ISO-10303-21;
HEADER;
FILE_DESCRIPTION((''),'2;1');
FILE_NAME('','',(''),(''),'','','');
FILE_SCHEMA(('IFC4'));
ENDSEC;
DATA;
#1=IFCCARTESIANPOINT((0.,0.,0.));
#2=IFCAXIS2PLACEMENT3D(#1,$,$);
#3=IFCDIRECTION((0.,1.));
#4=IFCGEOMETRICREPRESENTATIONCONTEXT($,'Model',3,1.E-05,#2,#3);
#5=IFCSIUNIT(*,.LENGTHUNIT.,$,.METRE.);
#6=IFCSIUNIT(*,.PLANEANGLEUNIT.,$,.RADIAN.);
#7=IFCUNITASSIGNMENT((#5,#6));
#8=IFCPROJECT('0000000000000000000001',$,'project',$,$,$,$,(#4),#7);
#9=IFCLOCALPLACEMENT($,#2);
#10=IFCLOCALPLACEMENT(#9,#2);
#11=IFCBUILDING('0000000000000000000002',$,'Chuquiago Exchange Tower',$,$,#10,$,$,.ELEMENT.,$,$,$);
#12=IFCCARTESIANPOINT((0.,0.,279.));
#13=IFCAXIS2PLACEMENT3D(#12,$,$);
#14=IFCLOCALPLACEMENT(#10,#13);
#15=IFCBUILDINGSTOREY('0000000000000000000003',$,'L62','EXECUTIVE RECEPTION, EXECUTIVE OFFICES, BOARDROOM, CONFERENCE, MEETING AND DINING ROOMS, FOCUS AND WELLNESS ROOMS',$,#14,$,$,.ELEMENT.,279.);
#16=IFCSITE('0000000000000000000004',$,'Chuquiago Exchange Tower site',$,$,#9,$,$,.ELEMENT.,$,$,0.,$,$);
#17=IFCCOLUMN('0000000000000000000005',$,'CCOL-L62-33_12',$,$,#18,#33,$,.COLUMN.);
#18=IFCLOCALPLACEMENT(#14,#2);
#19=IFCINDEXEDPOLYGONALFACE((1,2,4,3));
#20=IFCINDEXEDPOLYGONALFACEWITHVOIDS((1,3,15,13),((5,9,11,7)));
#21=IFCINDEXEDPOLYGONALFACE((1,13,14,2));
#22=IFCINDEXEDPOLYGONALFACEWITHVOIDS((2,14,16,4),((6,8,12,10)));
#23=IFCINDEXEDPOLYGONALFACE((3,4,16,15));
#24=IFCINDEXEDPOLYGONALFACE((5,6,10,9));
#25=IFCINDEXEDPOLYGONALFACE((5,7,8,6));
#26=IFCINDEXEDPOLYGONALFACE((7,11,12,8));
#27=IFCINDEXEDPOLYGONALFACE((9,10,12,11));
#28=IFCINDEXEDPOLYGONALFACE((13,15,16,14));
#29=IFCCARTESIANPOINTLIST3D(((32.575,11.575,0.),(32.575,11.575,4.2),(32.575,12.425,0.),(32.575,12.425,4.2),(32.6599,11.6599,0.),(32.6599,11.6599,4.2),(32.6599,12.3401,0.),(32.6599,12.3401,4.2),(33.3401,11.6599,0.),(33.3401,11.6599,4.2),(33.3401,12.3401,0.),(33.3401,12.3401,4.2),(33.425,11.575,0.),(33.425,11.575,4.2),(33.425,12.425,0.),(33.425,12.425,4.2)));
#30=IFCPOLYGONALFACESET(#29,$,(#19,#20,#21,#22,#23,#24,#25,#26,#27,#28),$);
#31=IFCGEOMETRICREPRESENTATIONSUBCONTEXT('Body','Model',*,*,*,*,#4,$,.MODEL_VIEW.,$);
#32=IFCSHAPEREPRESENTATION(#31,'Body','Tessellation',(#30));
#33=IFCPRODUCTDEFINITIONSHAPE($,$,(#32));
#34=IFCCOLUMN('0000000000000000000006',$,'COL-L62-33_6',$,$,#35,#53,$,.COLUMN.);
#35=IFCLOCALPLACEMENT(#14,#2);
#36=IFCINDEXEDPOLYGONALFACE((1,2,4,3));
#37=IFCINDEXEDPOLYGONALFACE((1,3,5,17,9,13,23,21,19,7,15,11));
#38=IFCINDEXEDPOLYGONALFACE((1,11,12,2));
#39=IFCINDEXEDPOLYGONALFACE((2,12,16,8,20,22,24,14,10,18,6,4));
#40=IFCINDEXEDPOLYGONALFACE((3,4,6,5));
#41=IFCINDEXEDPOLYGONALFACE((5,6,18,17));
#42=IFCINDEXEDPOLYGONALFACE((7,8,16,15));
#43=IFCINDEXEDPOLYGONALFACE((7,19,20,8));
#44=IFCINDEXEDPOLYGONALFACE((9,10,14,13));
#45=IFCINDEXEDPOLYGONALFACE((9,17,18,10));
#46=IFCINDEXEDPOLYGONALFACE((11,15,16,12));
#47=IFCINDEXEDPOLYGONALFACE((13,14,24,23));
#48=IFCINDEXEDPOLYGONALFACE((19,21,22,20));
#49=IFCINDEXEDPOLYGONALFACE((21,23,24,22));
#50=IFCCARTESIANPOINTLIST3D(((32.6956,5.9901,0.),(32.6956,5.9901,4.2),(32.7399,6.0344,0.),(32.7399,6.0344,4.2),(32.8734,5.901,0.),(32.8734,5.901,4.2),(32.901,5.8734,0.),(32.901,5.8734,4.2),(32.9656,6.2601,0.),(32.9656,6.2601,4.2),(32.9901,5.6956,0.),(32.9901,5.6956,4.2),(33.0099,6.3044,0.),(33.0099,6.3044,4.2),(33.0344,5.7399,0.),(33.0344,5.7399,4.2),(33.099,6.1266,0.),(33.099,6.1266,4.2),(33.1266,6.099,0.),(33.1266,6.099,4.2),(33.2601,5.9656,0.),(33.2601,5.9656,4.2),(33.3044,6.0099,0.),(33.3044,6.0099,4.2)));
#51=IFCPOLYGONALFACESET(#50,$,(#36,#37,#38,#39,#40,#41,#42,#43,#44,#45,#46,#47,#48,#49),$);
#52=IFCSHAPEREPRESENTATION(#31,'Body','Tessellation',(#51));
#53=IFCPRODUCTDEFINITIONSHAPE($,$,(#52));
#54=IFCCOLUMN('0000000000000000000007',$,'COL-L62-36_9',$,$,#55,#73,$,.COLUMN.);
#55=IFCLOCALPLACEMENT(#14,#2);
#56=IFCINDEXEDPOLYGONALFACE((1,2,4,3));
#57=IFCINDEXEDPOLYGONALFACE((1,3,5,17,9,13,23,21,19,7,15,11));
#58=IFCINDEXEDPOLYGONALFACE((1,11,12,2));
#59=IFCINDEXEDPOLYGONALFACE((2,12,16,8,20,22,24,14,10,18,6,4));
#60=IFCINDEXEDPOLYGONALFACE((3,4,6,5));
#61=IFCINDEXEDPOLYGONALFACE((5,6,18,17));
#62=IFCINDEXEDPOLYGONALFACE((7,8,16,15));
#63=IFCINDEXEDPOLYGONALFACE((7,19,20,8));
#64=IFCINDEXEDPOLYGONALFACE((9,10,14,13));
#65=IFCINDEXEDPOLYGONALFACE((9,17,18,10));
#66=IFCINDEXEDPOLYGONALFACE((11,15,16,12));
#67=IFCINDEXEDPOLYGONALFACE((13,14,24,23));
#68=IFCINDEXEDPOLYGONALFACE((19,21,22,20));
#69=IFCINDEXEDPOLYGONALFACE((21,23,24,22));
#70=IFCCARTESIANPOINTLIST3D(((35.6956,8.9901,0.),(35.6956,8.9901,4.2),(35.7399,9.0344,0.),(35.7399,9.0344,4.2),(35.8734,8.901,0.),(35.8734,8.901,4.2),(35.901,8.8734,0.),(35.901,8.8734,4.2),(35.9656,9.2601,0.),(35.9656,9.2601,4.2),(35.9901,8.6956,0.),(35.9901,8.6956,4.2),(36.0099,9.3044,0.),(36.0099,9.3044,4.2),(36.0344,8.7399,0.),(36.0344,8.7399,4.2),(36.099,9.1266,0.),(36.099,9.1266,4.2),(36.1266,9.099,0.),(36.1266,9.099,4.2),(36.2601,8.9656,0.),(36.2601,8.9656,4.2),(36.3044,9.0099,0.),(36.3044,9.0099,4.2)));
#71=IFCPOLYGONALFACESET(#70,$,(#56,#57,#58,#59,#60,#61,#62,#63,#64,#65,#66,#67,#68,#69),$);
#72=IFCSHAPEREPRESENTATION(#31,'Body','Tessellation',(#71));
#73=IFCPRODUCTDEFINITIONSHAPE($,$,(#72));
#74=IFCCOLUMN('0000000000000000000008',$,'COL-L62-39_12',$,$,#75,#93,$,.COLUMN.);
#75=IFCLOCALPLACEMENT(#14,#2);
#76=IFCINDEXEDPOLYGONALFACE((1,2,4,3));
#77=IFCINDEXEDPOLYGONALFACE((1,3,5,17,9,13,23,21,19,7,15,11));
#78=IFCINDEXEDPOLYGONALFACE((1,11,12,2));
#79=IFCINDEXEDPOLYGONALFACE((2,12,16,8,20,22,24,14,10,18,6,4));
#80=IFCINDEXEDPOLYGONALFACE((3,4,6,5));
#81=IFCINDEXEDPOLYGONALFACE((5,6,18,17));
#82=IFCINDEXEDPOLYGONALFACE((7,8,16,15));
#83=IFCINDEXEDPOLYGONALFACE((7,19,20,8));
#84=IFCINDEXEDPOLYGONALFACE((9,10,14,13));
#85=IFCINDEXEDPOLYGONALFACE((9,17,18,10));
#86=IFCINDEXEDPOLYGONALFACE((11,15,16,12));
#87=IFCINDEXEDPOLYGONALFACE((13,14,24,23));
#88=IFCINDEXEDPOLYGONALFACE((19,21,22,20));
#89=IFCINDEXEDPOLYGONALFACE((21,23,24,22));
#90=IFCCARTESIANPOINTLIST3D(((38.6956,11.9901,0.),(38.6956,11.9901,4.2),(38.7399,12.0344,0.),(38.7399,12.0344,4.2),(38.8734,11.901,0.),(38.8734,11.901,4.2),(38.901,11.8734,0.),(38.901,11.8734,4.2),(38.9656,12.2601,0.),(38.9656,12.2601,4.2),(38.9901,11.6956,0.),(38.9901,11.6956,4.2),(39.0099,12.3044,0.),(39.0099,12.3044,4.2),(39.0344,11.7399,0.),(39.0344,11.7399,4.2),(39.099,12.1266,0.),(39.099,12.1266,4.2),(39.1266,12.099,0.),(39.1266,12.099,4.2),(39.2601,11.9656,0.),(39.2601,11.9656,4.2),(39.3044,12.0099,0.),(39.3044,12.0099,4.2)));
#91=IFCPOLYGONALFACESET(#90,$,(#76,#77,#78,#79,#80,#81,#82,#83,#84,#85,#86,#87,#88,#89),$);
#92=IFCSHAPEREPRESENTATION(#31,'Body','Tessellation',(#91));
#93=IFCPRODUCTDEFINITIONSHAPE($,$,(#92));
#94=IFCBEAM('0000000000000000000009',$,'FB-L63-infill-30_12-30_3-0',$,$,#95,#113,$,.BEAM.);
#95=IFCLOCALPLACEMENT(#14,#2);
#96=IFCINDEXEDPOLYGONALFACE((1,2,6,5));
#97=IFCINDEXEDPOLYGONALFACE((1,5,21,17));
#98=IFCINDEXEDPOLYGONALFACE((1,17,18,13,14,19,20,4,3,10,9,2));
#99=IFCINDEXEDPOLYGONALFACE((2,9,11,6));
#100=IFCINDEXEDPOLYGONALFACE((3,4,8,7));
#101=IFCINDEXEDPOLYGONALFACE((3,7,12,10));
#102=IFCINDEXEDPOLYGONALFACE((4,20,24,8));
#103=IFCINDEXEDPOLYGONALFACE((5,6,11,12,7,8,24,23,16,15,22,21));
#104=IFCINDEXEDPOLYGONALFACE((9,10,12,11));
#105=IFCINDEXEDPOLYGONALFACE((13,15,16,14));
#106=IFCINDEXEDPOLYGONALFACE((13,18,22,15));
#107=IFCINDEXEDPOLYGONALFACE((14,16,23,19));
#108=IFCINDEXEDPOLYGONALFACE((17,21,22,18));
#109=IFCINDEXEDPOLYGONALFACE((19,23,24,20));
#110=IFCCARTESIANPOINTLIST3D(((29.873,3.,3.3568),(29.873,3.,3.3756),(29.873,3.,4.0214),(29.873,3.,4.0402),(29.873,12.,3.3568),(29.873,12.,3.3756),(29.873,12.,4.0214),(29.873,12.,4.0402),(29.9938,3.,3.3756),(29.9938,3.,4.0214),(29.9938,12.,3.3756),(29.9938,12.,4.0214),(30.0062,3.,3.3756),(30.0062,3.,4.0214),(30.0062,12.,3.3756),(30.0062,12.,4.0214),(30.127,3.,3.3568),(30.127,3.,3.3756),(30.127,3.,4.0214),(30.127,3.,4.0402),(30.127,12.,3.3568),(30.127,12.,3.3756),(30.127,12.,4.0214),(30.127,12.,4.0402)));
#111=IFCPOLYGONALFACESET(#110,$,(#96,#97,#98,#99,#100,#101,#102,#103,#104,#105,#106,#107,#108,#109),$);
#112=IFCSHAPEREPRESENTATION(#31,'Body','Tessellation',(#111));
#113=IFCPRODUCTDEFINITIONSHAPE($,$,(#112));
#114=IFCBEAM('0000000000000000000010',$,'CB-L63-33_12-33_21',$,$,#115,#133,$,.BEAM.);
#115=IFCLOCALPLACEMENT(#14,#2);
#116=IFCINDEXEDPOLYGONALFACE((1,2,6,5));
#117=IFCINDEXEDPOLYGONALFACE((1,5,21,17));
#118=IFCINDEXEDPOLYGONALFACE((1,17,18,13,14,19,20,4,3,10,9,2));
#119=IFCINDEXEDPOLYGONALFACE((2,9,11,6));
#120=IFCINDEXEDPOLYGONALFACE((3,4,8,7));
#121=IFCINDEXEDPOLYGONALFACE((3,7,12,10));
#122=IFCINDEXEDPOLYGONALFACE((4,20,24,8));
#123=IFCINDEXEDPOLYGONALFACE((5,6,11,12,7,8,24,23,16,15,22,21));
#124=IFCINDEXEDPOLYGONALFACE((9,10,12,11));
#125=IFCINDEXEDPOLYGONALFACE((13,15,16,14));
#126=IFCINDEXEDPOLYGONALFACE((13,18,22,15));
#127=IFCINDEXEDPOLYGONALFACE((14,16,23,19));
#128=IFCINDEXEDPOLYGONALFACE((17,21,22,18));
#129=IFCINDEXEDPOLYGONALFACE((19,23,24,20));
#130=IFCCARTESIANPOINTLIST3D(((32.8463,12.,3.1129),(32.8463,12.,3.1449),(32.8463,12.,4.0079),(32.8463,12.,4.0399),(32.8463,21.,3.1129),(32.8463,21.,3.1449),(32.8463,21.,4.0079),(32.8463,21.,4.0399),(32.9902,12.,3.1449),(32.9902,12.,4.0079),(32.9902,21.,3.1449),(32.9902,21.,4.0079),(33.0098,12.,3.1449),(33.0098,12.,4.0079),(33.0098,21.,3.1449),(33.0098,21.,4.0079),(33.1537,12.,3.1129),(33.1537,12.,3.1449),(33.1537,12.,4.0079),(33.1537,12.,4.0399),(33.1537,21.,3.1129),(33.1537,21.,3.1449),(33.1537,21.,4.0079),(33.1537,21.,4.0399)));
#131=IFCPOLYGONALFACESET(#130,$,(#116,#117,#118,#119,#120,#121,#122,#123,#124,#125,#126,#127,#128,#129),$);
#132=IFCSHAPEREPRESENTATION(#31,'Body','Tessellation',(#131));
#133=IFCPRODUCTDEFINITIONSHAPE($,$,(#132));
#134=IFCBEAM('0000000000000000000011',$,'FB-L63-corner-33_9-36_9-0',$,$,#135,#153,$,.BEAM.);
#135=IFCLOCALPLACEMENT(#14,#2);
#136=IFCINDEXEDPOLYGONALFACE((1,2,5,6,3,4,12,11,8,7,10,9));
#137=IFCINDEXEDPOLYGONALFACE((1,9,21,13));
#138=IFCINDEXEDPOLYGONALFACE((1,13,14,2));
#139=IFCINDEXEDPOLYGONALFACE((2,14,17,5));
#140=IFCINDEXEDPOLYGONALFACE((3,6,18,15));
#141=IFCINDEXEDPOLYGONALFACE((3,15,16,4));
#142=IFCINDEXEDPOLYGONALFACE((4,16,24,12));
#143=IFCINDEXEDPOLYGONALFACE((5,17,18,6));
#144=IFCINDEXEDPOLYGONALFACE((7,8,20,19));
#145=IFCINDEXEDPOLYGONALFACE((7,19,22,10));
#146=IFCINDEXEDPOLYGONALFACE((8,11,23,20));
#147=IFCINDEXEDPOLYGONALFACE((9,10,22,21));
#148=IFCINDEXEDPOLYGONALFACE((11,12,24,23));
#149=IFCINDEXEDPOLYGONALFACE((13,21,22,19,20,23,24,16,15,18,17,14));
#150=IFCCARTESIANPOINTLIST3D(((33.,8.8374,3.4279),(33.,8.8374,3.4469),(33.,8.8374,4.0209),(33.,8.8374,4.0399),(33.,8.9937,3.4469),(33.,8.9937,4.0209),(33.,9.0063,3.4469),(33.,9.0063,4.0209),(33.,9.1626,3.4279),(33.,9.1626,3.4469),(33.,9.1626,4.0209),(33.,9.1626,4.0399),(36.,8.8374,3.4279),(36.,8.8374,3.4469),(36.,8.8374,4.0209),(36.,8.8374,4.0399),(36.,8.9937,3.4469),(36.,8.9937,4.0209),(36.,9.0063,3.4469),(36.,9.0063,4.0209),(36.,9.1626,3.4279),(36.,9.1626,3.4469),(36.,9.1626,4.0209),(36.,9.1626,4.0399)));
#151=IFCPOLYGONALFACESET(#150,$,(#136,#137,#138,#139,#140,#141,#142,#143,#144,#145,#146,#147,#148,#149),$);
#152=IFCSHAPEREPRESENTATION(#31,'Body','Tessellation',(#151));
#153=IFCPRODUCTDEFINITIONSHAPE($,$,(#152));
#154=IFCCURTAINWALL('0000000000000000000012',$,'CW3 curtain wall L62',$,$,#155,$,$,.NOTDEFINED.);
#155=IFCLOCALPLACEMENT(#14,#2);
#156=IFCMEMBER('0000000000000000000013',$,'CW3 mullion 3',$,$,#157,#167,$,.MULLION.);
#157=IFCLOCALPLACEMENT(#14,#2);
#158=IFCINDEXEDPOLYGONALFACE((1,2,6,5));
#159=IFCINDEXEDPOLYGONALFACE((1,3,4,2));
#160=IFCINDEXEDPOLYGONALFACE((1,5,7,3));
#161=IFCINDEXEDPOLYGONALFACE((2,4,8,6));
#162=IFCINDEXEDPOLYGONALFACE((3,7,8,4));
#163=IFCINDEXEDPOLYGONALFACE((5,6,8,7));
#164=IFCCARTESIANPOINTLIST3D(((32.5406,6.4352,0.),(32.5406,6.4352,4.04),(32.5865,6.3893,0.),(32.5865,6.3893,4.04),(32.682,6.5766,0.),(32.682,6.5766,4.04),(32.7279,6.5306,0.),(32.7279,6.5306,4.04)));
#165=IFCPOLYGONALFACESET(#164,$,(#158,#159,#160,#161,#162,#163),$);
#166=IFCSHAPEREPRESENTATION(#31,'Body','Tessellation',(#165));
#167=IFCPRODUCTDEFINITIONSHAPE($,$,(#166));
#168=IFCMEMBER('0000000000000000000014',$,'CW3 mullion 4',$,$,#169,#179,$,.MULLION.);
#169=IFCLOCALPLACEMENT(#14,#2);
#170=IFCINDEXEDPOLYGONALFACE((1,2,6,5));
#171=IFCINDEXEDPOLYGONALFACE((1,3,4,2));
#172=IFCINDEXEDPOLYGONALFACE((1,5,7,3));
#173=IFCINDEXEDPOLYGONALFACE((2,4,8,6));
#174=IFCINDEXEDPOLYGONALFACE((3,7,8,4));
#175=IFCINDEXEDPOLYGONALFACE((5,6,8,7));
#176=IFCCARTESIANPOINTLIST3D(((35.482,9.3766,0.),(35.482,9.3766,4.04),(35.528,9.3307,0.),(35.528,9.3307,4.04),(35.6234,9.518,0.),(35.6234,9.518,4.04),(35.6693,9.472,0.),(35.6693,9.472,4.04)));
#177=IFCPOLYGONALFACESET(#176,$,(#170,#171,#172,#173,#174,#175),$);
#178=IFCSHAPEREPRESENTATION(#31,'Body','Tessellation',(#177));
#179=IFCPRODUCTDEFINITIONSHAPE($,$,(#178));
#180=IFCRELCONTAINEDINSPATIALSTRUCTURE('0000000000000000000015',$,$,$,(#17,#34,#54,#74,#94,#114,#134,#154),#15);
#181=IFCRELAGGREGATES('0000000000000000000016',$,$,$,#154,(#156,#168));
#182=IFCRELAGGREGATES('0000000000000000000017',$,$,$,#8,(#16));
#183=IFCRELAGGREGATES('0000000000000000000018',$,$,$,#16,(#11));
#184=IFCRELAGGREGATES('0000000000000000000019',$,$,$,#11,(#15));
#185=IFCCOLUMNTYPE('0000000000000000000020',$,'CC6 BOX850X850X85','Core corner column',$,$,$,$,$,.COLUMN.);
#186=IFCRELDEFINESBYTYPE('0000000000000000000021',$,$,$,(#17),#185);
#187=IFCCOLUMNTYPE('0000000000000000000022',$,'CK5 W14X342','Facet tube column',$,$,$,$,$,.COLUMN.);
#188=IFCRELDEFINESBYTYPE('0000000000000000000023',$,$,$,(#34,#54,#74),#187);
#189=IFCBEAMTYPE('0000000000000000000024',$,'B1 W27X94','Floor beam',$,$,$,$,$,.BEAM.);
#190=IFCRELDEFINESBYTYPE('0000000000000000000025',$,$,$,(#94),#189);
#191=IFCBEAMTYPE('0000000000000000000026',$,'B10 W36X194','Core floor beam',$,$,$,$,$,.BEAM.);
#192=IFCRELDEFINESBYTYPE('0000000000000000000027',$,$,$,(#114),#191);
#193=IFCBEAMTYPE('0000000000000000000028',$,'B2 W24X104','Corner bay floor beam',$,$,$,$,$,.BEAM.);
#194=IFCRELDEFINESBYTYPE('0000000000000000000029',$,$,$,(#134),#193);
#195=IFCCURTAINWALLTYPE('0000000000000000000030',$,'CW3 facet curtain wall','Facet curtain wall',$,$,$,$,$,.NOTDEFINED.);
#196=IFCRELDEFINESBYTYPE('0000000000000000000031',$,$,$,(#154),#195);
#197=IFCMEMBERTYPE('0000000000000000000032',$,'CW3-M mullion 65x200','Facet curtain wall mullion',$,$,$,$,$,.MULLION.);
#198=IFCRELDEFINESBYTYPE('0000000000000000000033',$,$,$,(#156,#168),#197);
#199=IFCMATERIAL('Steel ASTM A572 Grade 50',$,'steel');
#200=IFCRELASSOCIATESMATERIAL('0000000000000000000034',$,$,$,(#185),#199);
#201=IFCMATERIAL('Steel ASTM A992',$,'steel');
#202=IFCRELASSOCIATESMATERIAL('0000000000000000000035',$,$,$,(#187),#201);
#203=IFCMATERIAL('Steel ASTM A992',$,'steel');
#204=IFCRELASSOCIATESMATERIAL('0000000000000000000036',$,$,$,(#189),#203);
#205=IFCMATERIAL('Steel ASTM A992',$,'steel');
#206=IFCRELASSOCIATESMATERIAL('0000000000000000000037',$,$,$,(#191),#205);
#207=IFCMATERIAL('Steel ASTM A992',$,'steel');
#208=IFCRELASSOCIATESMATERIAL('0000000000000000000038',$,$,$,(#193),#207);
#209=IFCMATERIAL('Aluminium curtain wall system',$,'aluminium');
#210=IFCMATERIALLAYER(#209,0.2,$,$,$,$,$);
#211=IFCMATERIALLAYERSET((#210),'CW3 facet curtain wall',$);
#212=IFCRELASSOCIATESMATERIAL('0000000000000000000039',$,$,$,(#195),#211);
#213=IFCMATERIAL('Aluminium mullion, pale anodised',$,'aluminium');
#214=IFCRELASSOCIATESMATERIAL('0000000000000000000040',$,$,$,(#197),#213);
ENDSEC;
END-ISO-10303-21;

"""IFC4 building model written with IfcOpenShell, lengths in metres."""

from ifc_helpers import new_model, si_unit, direction, frame, origin, origin_2d, place, context, subcontext, project, spatial, rectangle, hollow_rectangle, i_section, extrude, material, layer, layer_set, material_profile, profile_set, type_object, element, aggregate, save


model = new_model("IFC4")

# Units and contexts
model_context = context("Model", 3, precision=1e-05, world=origin(), true_north=direction((0.0, 1.0)))
body_context = subcontext(model_context, "Body", "Model", "MODEL_VIEW")
ifc_project = project(units=[si_unit("LENGTHUNIT", "METRE"), si_unit("PLANEANGLEUNIT", "RADIAN")], contexts=[model_context])

# Site, building, storey
site_placement = place(None, origin())
site = spatial("IfcSite", under=ifc_project, at=site_placement, Name="Chuquiago Exchange Tower site", CompositionType="ELEMENT", RefElevation=0.0)
building_placement = place(site_placement, origin())
building = spatial("IfcBuilding", under=site, at=building_placement, Name="Chuquiago Exchange Tower", CompositionType="ELEMENT")
storey_placement = place(building_placement, frame((0.0, 0.0, 279.0)))
storey = spatial("IfcBuildingStorey", under=building, at=storey_placement, Name="L62", Description="EXECUTIVE RECEPTION, EXECUTIVE OFFICES, BOARDROOM, CONFERENCE, MEETING AND DINING ROOMS, FOCUS AND WELLNESS ROOMS", CompositionType="ELEMENT", Elevation=279.0)

# Columns
ifc_material_1 = material(Name="Steel ASTM A572 Grade 50", Category="steel")
ifc_material_profile_1 = material_profile(ifc_material_1, hollow_rectangle(XDim=0.8501, YDim=0.8501, WallThickness=0.085, at=origin_2d()), Name="BOX850X850X85")
ifc_profile_set_1 = profile_set([ifc_material_profile_1], Name="Steel ASTM A572 Grade 50")
column_type_1 = type_object("IfcColumnType", Name="CC6 BOX850X850X85", Description="Core corner column", PredefinedType="COLUMN", material=ifc_profile_set_1)
column_placement = place(storey_placement, frame((33.0, 12.0, 0.0), z_axis=(0.0, 0.0, 1.0), x_axis=(1.0, 0.0, 0.0)))
element("IfcColumn", 1, at=column_placement, inside=storey, type_object=column_type_1, Name="CCOL-L62-33_12", PredefinedType="COLUMN", context=body_context, shape_type="SweptSolid", body=[
    extrude(hollow_rectangle(XDim=0.8501, YDim=0.8501, WallThickness=0.085, at=origin_2d()), origin(), (0.0, 0.0, 1.0), 4.2),
])
ifc_material_2 = material(Name="Steel ASTM A992", Category="steel")
ifc_material_profile_2 = material_profile(ifc_material_2, i_section(OverallWidth=0.4165, OverallDepth=0.4446, WebThickness=0.0391, FlangeThickness=0.0627, at=origin_2d()), Name="W14X342")
ifc_profile_set_2 = profile_set([ifc_material_profile_2], Name="Steel ASTM A992")
column_type_2 = type_object("IfcColumnType", Name="CK5 W14X342", Description="Facet tube column", PredefinedType="COLUMN", material=ifc_profile_set_2)
for number, where, z_axis, x_axis, name in (
    (2, (33.0, 6.0, 0.0), (0.0, 0.0, 1.0), (0.707107, -0.707107, 0.0), "COL-L62-33_6"),
    (3, (36.0, 9.0, 0.0), (0.0, 0.0, 1.0), (0.707107, -0.707107, 0.0), "COL-L62-36_9"),
    (4, (39.0, 12.0, 0.0), (0.0, 0.0, 1.0), (0.707107, -0.707107, 0.0), "COL-L62-39_12"),
):
    element("IfcColumn", number, at=place(storey_placement, frame(where, z_axis=z_axis, x_axis=x_axis)), inside=storey, type_object=column_type_2, Name=name, PredefinedType="COLUMN", context=body_context, shape_type="SweptSolid", body=[
        extrude(i_section(OverallWidth=0.4165, OverallDepth=0.4446, WebThickness=0.0391, FlangeThickness=0.0627, at=origin_2d()), origin(), (0.0, 0.0, 1.0), 4.2),
    ])

# Beams
ifc_material_3 = material(Name="Steel ASTM A992", Category="steel")
ifc_material_profile_3 = material_profile(ifc_material_3, i_section(OverallWidth=0.2539, OverallDepth=0.6833, WebThickness=0.0125, FlangeThickness=0.0188, at=origin_2d()), Name="W27X94")
ifc_profile_set_3 = profile_set([ifc_material_profile_3], Name="Steel ASTM A992")
beam_type_1 = type_object("IfcBeamType", Name="B1 W27X94", Description="Floor beam", PredefinedType="BEAM", material=ifc_profile_set_3)
beam_1_placement = place(storey_placement, frame((30.0, 12.0, 3.6985), z_axis=(0.0, -1.0, 0.0), x_axis=(1.0, 0.0, 0.0)))
element("IfcBeam", 5, at=beam_1_placement, inside=storey, type_object=beam_type_1, Name="FB-L63-infill-30_12-30_3-0", PredefinedType="BEAM", context=body_context, shape_type="SweptSolid", body=[
    extrude(i_section(OverallWidth=0.2539, OverallDepth=0.6833, WebThickness=0.0125, FlangeThickness=0.0188, at=origin_2d()), origin(), (0.0, 0.0, 1.0), 9.0),
])
ifc_material_4 = material(Name="Steel ASTM A992", Category="steel")
ifc_material_profile_4 = material_profile(ifc_material_4, i_section(OverallWidth=0.3074, OverallDepth=0.927, WebThickness=0.0195, FlangeThickness=0.032, at=origin_2d()), Name="W36X194")
ifc_profile_set_4 = profile_set([ifc_material_profile_4], Name="Steel ASTM A992")
beam_type_2 = type_object("IfcBeamType", Name="B10 W36X194", Description="Core floor beam", PredefinedType="BEAM", material=ifc_profile_set_4)
beam_2_placement = place(storey_placement, frame((33.0, 12.0, 3.5764), z_axis=(0.0, 1.0, 0.0), x_axis=(-1.0, 0.0, 0.0)))
element("IfcBeam", 6, at=beam_2_placement, inside=storey, type_object=beam_type_2, Name="CB-L63-33_12-33_21", PredefinedType="BEAM", context=body_context, shape_type="SweptSolid", body=[
    extrude(i_section(OverallWidth=0.3074, OverallDepth=0.927, WebThickness=0.0195, FlangeThickness=0.032, at=origin_2d()), origin(), (0.0, 0.0, 1.0), 9.0),
])
ifc_material_5 = material(Name="Steel ASTM A992", Category="steel")
ifc_material_profile_5 = material_profile(ifc_material_5, i_section(OverallWidth=0.3252, OverallDepth=0.6121, WebThickness=0.0127, FlangeThickness=0.019, at=origin_2d()), Name="W24X104")
ifc_profile_set_5 = profile_set([ifc_material_profile_5], Name="Steel ASTM A992")
beam_type_3 = type_object("IfcBeamType", Name="B2 W24X104", Description="Corner bay floor beam", PredefinedType="BEAM", material=ifc_profile_set_5)
beam_3_placement = place(storey_placement, frame((33.0, 9.0, 3.7339), z_axis=(1.0, 0.0, 0.0), x_axis=(0.0, 1.0, 0.0)))
element("IfcBeam", 7, at=beam_3_placement, inside=storey, type_object=beam_type_3, Name="FB-L63-corner-33_9-36_9-0", PredefinedType="BEAM", context=body_context, shape_type="SweptSolid", body=[
    extrude(i_section(OverallWidth=0.3252, OverallDepth=0.6121, WebThickness=0.0127, FlangeThickness=0.019, at=origin_2d()), origin(), (0.0, 0.0, 1.0), 3.0),
])

# Curtain wall, members
ifc_material_6 = material(Name="Aluminium curtain wall system", Category="aluminium")
ifc_layer_1 = layer(ifc_material_6, 0.2)
ifc_layer_set_1 = layer_set([ifc_layer_1], Name="CW3 facet curtain wall")
curtain_wall_type = type_object("IfcCurtainWallType", Name="CW3 facet curtain wall", Description="Facet curtain wall", PredefinedType="NOTDEFINED", material=ifc_layer_set_1)
curtain_wall_placement = place(storey_placement, origin())
curtain_wall = element("IfcCurtainWall", 8, at=curtain_wall_placement, inside=storey, type_object=curtain_wall_type, Name="CW3 curtain wall L62", PredefinedType="NOTDEFINED")
ifc_material_7 = material(Name="Aluminium mullion, pale anodised", Category="aluminium")
ifc_material_profile_6 = material_profile(ifc_material_7, rectangle(XDim=0.0649, YDim=0.2, at=origin_2d()), Name="AL 65x200")
ifc_profile_set_6 = profile_set([ifc_material_profile_6], Name="Aluminium mullion, pale anodised")
member_type_1 = type_object("IfcMemberType", Name="CW3-M mullion 65x200", Description="Facet curtain wall mullion", PredefinedType="MULLION", material=ifc_profile_set_6)
member_1_placement = place(storey_placement, frame((32.6343, 6.4829, 0.0), z_axis=(0.0, 0.0, 1.0), x_axis=(-0.707107, 0.707107, 0.0)))
member_1 = element("IfcMember", 9, at=member_1_placement, type_object=member_type_1, Name="CW3 mullion 3", PredefinedType="MULLION", context=body_context, shape_type="SweptSolid", body=[
    extrude(rectangle(XDim=0.0649, YDim=0.2, at=origin_2d()), origin(), (0.0, 0.0, 1.0), 4.04),
])
member_2_placement = place(storey_placement, frame((35.5757, 9.4243, 0.0), z_axis=(0.0, 0.0, 1.0), x_axis=(-0.707107, 0.707107, 0.0)))
member_2 = element("IfcMember", 10, at=member_2_placement, type_object=member_type_1, Name="CW3 mullion 4", PredefinedType="MULLION", context=body_context, shape_type="SweptSolid", body=[
    extrude(rectangle(XDim=0.0649, YDim=0.2, at=origin_2d()), origin(), (0.0, 0.0, 1.0), 4.04),
])

aggregate(curtain_wall, [member_1, member_2])

save(model, "model.ifc")
